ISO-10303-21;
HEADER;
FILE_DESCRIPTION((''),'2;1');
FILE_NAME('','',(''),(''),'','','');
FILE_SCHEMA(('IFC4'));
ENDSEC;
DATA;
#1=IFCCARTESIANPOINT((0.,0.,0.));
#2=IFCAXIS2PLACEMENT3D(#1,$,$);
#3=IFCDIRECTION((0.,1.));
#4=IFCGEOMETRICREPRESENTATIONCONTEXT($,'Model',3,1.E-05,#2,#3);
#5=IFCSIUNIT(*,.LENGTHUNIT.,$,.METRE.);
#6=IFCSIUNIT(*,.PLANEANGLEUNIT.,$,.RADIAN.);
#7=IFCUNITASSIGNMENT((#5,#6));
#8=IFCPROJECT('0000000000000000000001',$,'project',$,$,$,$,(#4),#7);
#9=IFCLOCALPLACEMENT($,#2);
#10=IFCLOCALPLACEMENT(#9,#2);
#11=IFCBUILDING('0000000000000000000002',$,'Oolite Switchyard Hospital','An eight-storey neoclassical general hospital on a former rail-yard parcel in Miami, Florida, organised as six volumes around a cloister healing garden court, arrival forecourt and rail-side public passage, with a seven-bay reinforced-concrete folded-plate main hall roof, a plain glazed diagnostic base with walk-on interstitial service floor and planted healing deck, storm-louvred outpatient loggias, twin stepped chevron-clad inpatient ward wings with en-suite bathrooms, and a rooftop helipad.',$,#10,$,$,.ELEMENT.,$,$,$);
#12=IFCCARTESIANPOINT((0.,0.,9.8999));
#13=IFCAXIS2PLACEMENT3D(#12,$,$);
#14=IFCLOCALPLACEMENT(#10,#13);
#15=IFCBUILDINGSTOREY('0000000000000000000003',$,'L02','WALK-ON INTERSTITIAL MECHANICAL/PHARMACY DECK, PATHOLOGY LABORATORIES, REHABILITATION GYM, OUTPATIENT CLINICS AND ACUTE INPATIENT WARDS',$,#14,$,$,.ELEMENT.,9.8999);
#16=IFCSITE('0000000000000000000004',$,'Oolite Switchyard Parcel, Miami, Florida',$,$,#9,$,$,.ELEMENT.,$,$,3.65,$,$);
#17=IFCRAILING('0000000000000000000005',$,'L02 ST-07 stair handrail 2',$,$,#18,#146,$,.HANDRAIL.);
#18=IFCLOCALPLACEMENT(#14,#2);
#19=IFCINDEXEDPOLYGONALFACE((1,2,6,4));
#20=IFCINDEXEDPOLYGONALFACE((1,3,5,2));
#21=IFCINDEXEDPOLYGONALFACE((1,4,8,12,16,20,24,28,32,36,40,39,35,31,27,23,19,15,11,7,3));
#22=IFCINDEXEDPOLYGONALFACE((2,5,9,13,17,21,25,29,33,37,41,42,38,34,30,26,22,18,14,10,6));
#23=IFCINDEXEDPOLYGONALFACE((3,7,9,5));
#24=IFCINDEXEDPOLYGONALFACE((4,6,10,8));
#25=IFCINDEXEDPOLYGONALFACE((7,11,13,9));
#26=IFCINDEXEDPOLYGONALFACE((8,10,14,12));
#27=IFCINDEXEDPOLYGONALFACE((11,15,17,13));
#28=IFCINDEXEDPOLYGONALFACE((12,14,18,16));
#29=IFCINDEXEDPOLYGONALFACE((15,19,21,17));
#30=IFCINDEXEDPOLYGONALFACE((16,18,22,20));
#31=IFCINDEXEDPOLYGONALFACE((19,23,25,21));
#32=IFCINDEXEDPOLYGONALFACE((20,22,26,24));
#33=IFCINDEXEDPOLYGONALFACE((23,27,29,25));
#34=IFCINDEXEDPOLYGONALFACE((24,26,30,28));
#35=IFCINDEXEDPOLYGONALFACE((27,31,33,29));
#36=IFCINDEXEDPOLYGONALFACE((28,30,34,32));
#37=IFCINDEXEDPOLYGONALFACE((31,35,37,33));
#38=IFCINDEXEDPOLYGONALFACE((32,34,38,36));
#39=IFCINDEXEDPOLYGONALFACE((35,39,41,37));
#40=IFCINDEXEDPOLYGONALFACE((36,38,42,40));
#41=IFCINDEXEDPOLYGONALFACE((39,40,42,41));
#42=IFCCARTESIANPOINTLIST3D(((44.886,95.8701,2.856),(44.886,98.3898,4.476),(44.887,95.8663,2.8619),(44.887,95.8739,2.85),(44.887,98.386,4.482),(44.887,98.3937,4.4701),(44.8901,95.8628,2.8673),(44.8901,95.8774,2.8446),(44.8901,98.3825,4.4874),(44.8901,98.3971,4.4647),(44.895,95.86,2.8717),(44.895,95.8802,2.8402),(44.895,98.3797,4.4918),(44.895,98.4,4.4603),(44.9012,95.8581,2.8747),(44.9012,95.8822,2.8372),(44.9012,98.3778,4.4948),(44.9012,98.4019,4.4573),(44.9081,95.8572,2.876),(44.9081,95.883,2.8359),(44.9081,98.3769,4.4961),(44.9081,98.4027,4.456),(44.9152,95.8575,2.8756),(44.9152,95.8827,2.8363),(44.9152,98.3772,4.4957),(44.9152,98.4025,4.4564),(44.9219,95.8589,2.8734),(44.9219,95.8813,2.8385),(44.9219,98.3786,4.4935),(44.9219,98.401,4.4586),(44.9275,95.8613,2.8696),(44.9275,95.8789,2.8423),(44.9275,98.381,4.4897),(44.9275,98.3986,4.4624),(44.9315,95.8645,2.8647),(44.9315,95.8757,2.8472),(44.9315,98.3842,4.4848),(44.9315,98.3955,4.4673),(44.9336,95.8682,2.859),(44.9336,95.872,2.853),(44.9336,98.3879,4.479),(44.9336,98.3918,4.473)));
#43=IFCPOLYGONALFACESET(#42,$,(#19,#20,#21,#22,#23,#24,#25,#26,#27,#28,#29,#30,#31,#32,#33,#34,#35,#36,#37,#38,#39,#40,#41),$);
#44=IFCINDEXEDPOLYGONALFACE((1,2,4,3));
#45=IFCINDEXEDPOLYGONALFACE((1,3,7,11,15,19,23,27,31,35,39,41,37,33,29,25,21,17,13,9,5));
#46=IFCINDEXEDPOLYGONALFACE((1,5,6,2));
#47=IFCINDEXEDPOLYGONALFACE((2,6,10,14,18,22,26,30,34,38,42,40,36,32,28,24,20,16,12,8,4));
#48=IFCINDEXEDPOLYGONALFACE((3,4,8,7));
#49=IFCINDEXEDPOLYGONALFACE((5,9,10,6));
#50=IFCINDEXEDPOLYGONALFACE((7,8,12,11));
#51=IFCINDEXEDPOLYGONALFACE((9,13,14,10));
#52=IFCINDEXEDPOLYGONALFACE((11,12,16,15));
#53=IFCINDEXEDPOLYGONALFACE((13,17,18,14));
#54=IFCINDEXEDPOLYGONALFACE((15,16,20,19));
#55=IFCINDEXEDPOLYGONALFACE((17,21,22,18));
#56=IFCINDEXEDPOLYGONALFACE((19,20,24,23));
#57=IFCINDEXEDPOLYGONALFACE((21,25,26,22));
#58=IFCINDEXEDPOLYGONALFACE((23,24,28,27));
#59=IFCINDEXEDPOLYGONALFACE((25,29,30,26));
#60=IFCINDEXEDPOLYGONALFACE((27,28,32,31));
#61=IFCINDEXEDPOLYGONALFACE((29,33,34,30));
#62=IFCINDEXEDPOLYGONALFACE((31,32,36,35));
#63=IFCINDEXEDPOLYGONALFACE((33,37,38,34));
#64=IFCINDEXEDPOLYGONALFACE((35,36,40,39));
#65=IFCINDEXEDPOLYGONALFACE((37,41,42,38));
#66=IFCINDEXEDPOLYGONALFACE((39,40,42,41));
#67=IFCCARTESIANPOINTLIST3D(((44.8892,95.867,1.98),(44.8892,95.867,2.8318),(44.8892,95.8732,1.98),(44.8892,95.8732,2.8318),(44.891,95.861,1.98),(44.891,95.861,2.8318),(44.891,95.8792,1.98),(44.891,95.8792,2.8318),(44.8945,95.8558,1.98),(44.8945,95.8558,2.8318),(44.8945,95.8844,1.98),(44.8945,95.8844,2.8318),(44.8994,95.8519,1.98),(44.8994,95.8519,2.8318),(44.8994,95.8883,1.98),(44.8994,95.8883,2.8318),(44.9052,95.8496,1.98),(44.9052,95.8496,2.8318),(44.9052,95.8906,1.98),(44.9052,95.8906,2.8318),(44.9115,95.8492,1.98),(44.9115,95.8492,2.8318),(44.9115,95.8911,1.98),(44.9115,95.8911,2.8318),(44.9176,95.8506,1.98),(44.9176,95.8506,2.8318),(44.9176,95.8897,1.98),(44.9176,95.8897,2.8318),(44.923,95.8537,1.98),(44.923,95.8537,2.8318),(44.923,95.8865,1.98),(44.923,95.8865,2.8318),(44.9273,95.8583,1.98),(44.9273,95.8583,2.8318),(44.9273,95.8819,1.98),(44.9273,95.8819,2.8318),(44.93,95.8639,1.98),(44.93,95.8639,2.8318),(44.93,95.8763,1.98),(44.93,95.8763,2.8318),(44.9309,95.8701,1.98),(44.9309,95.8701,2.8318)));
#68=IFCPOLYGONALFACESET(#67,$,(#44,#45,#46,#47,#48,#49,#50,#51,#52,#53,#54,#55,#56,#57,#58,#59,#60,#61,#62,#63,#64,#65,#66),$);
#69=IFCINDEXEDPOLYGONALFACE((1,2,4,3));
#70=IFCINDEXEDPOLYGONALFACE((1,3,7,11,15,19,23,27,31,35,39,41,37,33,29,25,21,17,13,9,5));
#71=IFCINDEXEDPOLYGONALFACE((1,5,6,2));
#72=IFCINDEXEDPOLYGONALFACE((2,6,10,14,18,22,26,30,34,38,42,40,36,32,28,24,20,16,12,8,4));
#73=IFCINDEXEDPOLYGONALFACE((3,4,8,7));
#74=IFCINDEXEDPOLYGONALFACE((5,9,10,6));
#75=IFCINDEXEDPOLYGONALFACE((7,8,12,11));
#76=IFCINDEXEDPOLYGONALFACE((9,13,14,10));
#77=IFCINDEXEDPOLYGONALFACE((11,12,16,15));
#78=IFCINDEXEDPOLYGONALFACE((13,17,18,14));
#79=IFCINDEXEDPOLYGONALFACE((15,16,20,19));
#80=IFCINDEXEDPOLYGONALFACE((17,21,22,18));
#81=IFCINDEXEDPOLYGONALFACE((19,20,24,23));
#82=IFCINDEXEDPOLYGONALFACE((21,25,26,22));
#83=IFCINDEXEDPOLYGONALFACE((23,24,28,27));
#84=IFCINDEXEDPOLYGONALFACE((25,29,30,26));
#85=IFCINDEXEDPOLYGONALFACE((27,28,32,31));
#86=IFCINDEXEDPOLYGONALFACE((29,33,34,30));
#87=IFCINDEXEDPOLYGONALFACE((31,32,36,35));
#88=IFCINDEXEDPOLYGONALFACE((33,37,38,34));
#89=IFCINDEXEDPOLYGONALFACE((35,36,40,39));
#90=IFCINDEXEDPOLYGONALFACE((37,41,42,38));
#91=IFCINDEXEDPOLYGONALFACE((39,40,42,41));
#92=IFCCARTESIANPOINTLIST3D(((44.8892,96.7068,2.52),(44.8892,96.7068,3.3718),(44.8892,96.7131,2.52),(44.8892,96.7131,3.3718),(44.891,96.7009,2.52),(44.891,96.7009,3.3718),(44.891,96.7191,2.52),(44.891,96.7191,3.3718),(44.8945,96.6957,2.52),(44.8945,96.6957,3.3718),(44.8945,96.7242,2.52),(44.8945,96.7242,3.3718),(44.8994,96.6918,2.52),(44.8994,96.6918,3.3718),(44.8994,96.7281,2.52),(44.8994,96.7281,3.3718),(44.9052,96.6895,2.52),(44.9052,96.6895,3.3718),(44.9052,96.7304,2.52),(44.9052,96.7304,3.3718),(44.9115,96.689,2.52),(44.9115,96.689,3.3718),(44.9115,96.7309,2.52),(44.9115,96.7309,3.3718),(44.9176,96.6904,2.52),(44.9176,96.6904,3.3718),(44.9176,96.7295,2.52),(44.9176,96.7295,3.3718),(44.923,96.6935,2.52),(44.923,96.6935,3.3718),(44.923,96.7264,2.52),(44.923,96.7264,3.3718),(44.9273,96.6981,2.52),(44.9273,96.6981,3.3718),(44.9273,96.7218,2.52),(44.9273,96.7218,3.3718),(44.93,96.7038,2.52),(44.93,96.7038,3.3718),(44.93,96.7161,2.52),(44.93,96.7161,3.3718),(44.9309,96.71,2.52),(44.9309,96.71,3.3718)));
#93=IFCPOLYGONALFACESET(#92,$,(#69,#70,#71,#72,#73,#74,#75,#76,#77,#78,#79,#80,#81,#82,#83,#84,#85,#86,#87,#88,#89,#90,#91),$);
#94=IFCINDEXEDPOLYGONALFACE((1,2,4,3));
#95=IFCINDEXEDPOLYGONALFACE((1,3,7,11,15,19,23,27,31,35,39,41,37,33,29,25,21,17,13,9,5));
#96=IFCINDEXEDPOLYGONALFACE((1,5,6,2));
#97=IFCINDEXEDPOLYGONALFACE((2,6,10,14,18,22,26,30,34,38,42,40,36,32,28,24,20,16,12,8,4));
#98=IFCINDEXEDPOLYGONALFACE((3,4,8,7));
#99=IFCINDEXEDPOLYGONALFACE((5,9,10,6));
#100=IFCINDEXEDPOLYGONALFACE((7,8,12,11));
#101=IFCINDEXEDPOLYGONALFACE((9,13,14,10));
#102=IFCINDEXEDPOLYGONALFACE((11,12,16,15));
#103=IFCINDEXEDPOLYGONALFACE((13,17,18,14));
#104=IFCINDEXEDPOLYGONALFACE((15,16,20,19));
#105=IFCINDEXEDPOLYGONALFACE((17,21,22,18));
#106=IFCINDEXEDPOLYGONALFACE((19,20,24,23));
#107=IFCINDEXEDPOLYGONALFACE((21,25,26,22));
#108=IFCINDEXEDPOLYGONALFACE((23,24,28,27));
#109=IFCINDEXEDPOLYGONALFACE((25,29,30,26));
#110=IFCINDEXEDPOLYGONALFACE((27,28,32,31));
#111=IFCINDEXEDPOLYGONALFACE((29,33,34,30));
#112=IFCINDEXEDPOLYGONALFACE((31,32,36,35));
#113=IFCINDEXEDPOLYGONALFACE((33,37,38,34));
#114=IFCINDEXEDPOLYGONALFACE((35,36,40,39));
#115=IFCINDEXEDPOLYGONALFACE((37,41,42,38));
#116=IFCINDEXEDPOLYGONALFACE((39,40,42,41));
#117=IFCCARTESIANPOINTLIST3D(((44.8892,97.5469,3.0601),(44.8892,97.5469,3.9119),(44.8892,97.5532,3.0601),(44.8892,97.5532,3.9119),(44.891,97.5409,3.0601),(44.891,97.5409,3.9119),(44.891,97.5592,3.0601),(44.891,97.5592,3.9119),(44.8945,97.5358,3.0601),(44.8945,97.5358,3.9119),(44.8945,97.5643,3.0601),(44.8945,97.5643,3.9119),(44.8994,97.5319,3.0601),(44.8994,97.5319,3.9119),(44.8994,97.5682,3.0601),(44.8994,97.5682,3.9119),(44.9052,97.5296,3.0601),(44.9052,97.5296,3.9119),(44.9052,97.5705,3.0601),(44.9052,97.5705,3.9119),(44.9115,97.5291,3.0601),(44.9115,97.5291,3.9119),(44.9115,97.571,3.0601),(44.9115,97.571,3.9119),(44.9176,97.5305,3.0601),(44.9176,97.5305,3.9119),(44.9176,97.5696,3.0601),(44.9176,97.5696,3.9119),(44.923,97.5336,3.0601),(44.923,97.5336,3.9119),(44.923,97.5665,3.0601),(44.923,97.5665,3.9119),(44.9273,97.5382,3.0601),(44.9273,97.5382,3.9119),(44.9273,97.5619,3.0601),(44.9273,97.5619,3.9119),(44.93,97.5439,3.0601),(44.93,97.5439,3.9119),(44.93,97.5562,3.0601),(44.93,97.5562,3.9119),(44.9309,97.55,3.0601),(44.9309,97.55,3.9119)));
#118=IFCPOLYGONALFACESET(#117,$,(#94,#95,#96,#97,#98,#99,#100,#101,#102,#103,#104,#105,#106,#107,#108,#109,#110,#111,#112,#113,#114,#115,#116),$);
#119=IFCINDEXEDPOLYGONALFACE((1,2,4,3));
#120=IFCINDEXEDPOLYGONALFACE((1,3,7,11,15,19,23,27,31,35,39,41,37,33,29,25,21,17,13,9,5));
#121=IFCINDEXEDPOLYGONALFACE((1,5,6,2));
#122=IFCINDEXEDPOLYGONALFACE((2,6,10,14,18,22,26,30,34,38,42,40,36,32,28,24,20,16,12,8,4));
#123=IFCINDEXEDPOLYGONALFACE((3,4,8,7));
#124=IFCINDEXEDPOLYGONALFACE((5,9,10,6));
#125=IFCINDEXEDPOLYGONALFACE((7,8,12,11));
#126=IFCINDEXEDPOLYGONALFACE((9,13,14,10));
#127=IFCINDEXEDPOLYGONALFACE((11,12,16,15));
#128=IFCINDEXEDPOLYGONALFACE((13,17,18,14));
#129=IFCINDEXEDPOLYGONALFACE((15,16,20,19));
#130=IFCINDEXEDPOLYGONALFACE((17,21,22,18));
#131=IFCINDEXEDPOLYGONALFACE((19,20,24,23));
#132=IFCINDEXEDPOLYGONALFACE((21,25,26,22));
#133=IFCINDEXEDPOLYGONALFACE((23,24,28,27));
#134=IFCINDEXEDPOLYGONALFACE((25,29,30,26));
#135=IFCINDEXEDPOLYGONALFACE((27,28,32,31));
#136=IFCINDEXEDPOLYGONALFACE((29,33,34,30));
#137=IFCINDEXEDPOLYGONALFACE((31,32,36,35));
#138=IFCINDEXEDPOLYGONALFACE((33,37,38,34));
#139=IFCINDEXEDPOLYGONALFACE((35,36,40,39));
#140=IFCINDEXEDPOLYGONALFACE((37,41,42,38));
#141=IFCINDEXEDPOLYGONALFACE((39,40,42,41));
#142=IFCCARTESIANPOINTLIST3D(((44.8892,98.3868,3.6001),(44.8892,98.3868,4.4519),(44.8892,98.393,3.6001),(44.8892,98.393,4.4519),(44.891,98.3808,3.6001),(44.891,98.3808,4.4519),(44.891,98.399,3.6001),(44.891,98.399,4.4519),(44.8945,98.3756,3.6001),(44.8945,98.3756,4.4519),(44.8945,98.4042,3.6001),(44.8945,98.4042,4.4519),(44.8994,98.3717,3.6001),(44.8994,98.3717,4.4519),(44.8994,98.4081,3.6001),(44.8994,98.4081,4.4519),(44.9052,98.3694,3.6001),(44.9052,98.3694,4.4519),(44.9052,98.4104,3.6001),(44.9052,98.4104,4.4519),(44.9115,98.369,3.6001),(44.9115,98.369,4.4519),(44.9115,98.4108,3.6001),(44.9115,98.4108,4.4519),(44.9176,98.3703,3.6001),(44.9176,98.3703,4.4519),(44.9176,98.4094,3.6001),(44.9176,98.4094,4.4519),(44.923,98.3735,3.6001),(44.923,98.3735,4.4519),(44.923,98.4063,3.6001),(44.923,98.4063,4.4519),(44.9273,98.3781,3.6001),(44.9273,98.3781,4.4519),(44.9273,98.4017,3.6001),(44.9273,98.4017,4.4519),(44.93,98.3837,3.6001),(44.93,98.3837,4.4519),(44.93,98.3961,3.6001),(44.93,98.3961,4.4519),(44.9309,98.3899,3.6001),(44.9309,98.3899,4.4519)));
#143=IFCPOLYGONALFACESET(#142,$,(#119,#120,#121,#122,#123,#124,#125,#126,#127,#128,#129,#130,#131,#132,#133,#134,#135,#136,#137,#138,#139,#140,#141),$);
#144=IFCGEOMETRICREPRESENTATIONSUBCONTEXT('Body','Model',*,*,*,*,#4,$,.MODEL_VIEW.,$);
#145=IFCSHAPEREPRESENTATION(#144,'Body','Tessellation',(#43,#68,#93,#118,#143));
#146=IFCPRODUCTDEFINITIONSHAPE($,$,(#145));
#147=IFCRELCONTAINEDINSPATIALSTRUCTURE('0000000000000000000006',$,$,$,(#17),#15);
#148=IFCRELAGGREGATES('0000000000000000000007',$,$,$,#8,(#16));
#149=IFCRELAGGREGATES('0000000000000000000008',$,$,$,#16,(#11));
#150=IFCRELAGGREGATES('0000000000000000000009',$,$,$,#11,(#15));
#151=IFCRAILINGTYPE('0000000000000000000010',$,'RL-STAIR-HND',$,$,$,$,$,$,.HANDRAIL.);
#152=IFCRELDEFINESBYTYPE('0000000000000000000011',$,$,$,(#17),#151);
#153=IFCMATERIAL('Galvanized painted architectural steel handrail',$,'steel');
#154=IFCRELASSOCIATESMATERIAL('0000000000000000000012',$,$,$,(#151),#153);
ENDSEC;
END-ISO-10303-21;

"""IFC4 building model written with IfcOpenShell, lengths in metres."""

from ifc_helpers import new_model, si_unit, direction, frame, origin, origin_2d, place, context, subcontext, project, spatial, circle, extrude, material, type_object, element, save


model = new_model("IFC4")

# Units and contexts
model_context = context("Model", 3, precision=1e-05, world=origin(), true_north=direction((0.0, 1.0)))
body_context = subcontext(model_context, "Body", "Model", "MODEL_VIEW")
ifc_project = project(units=[si_unit("LENGTHUNIT", "METRE"), si_unit("PLANEANGLEUNIT", "RADIAN")], contexts=[model_context])

# Site, building, storey
site_placement = place(None, origin())
site = spatial("IfcSite", under=ifc_project, at=site_placement, Name="Oolite Switchyard Parcel, Miami, Florida", CompositionType="ELEMENT", RefElevation=3.65)
building_placement = place(site_placement, origin())
building = spatial("IfcBuilding", under=site, at=building_placement, Name="Oolite Switchyard Hospital", Description="An eight-storey neoclassical general hospital on a former rail-yard parcel in Miami, Florida, organised as six volumes around a cloister healing garden court, arrival forecourt and rail-side public passage, with a seven-bay reinforced-concrete folded-plate main hall roof, a plain glazed diagnostic base with walk-on interstitial service floor and planted healing deck, storm-louvred outpatient loggias, twin stepped chevron-clad inpatient ward wings with en-suite bathrooms, and a rooftop helipad.", CompositionType="ELEMENT")
storey_placement = place(building_placement, frame((0.0, 0.0, 9.8999)))
storey = spatial("IfcBuildingStorey", under=building, at=storey_placement, Name="L02", Description="WALK-ON INTERSTITIAL MECHANICAL/PHARMACY DECK, PATHOLOGY LABORATORIES, REHABILITATION GYM, OUTPATIENT CLINICS AND ACUTE INPATIENT WARDS", CompositionType="ELEMENT", Elevation=9.8999)

# Railing
ifc_material_1 = material(Name="Galvanized painted architectural steel handrail", Category="steel")
railing_type_1 = type_object("IfcRailingType", Name="RL-STAIR-HND", PredefinedType="HANDRAIL", material=ifc_material_1)
railing_1_placement = place(storey_placement, frame((44.9099, 95.8701, 1.98)))
element("IfcRailing", 1, at=railing_1_placement, inside=storey, type_object=railing_type_1, Name="L02 ST-07 stair handrail 2", PredefinedType="HANDRAIL", context=body_context, shape_type="SweptSolid", body=[
    extrude(circle(Radius=0.0239, at=origin_2d()), frame((0.0, 0.0, 0.876), z_axis=(0.0, 0.841139, 0.540819), x_axis=(-1.0, 0.0, 0.0)), (0.0, 0.0, 1.0), 2.9956),
    extrude(circle(Radius=0.021, at=origin_2d()), origin(), (0.0, 0.0, 1.0), 0.8518),
    extrude(circle(Radius=0.021, at=origin_2d()), frame((0.0, 0.8398, 0.54)), (0.0, 0.0, 1.0), 0.8518),
    extrude(circle(Radius=0.021, at=origin_2d()), frame((0.0, 1.6799, 1.0801)), (0.0, 0.0, 1.0), 0.8518),
    extrude(circle(Radius=0.021, at=origin_2d()), frame((0.0, 2.5198, 1.6201)), (0.0, 0.0, 1.0), 0.8518),
])

save(model, "model.ifc")
